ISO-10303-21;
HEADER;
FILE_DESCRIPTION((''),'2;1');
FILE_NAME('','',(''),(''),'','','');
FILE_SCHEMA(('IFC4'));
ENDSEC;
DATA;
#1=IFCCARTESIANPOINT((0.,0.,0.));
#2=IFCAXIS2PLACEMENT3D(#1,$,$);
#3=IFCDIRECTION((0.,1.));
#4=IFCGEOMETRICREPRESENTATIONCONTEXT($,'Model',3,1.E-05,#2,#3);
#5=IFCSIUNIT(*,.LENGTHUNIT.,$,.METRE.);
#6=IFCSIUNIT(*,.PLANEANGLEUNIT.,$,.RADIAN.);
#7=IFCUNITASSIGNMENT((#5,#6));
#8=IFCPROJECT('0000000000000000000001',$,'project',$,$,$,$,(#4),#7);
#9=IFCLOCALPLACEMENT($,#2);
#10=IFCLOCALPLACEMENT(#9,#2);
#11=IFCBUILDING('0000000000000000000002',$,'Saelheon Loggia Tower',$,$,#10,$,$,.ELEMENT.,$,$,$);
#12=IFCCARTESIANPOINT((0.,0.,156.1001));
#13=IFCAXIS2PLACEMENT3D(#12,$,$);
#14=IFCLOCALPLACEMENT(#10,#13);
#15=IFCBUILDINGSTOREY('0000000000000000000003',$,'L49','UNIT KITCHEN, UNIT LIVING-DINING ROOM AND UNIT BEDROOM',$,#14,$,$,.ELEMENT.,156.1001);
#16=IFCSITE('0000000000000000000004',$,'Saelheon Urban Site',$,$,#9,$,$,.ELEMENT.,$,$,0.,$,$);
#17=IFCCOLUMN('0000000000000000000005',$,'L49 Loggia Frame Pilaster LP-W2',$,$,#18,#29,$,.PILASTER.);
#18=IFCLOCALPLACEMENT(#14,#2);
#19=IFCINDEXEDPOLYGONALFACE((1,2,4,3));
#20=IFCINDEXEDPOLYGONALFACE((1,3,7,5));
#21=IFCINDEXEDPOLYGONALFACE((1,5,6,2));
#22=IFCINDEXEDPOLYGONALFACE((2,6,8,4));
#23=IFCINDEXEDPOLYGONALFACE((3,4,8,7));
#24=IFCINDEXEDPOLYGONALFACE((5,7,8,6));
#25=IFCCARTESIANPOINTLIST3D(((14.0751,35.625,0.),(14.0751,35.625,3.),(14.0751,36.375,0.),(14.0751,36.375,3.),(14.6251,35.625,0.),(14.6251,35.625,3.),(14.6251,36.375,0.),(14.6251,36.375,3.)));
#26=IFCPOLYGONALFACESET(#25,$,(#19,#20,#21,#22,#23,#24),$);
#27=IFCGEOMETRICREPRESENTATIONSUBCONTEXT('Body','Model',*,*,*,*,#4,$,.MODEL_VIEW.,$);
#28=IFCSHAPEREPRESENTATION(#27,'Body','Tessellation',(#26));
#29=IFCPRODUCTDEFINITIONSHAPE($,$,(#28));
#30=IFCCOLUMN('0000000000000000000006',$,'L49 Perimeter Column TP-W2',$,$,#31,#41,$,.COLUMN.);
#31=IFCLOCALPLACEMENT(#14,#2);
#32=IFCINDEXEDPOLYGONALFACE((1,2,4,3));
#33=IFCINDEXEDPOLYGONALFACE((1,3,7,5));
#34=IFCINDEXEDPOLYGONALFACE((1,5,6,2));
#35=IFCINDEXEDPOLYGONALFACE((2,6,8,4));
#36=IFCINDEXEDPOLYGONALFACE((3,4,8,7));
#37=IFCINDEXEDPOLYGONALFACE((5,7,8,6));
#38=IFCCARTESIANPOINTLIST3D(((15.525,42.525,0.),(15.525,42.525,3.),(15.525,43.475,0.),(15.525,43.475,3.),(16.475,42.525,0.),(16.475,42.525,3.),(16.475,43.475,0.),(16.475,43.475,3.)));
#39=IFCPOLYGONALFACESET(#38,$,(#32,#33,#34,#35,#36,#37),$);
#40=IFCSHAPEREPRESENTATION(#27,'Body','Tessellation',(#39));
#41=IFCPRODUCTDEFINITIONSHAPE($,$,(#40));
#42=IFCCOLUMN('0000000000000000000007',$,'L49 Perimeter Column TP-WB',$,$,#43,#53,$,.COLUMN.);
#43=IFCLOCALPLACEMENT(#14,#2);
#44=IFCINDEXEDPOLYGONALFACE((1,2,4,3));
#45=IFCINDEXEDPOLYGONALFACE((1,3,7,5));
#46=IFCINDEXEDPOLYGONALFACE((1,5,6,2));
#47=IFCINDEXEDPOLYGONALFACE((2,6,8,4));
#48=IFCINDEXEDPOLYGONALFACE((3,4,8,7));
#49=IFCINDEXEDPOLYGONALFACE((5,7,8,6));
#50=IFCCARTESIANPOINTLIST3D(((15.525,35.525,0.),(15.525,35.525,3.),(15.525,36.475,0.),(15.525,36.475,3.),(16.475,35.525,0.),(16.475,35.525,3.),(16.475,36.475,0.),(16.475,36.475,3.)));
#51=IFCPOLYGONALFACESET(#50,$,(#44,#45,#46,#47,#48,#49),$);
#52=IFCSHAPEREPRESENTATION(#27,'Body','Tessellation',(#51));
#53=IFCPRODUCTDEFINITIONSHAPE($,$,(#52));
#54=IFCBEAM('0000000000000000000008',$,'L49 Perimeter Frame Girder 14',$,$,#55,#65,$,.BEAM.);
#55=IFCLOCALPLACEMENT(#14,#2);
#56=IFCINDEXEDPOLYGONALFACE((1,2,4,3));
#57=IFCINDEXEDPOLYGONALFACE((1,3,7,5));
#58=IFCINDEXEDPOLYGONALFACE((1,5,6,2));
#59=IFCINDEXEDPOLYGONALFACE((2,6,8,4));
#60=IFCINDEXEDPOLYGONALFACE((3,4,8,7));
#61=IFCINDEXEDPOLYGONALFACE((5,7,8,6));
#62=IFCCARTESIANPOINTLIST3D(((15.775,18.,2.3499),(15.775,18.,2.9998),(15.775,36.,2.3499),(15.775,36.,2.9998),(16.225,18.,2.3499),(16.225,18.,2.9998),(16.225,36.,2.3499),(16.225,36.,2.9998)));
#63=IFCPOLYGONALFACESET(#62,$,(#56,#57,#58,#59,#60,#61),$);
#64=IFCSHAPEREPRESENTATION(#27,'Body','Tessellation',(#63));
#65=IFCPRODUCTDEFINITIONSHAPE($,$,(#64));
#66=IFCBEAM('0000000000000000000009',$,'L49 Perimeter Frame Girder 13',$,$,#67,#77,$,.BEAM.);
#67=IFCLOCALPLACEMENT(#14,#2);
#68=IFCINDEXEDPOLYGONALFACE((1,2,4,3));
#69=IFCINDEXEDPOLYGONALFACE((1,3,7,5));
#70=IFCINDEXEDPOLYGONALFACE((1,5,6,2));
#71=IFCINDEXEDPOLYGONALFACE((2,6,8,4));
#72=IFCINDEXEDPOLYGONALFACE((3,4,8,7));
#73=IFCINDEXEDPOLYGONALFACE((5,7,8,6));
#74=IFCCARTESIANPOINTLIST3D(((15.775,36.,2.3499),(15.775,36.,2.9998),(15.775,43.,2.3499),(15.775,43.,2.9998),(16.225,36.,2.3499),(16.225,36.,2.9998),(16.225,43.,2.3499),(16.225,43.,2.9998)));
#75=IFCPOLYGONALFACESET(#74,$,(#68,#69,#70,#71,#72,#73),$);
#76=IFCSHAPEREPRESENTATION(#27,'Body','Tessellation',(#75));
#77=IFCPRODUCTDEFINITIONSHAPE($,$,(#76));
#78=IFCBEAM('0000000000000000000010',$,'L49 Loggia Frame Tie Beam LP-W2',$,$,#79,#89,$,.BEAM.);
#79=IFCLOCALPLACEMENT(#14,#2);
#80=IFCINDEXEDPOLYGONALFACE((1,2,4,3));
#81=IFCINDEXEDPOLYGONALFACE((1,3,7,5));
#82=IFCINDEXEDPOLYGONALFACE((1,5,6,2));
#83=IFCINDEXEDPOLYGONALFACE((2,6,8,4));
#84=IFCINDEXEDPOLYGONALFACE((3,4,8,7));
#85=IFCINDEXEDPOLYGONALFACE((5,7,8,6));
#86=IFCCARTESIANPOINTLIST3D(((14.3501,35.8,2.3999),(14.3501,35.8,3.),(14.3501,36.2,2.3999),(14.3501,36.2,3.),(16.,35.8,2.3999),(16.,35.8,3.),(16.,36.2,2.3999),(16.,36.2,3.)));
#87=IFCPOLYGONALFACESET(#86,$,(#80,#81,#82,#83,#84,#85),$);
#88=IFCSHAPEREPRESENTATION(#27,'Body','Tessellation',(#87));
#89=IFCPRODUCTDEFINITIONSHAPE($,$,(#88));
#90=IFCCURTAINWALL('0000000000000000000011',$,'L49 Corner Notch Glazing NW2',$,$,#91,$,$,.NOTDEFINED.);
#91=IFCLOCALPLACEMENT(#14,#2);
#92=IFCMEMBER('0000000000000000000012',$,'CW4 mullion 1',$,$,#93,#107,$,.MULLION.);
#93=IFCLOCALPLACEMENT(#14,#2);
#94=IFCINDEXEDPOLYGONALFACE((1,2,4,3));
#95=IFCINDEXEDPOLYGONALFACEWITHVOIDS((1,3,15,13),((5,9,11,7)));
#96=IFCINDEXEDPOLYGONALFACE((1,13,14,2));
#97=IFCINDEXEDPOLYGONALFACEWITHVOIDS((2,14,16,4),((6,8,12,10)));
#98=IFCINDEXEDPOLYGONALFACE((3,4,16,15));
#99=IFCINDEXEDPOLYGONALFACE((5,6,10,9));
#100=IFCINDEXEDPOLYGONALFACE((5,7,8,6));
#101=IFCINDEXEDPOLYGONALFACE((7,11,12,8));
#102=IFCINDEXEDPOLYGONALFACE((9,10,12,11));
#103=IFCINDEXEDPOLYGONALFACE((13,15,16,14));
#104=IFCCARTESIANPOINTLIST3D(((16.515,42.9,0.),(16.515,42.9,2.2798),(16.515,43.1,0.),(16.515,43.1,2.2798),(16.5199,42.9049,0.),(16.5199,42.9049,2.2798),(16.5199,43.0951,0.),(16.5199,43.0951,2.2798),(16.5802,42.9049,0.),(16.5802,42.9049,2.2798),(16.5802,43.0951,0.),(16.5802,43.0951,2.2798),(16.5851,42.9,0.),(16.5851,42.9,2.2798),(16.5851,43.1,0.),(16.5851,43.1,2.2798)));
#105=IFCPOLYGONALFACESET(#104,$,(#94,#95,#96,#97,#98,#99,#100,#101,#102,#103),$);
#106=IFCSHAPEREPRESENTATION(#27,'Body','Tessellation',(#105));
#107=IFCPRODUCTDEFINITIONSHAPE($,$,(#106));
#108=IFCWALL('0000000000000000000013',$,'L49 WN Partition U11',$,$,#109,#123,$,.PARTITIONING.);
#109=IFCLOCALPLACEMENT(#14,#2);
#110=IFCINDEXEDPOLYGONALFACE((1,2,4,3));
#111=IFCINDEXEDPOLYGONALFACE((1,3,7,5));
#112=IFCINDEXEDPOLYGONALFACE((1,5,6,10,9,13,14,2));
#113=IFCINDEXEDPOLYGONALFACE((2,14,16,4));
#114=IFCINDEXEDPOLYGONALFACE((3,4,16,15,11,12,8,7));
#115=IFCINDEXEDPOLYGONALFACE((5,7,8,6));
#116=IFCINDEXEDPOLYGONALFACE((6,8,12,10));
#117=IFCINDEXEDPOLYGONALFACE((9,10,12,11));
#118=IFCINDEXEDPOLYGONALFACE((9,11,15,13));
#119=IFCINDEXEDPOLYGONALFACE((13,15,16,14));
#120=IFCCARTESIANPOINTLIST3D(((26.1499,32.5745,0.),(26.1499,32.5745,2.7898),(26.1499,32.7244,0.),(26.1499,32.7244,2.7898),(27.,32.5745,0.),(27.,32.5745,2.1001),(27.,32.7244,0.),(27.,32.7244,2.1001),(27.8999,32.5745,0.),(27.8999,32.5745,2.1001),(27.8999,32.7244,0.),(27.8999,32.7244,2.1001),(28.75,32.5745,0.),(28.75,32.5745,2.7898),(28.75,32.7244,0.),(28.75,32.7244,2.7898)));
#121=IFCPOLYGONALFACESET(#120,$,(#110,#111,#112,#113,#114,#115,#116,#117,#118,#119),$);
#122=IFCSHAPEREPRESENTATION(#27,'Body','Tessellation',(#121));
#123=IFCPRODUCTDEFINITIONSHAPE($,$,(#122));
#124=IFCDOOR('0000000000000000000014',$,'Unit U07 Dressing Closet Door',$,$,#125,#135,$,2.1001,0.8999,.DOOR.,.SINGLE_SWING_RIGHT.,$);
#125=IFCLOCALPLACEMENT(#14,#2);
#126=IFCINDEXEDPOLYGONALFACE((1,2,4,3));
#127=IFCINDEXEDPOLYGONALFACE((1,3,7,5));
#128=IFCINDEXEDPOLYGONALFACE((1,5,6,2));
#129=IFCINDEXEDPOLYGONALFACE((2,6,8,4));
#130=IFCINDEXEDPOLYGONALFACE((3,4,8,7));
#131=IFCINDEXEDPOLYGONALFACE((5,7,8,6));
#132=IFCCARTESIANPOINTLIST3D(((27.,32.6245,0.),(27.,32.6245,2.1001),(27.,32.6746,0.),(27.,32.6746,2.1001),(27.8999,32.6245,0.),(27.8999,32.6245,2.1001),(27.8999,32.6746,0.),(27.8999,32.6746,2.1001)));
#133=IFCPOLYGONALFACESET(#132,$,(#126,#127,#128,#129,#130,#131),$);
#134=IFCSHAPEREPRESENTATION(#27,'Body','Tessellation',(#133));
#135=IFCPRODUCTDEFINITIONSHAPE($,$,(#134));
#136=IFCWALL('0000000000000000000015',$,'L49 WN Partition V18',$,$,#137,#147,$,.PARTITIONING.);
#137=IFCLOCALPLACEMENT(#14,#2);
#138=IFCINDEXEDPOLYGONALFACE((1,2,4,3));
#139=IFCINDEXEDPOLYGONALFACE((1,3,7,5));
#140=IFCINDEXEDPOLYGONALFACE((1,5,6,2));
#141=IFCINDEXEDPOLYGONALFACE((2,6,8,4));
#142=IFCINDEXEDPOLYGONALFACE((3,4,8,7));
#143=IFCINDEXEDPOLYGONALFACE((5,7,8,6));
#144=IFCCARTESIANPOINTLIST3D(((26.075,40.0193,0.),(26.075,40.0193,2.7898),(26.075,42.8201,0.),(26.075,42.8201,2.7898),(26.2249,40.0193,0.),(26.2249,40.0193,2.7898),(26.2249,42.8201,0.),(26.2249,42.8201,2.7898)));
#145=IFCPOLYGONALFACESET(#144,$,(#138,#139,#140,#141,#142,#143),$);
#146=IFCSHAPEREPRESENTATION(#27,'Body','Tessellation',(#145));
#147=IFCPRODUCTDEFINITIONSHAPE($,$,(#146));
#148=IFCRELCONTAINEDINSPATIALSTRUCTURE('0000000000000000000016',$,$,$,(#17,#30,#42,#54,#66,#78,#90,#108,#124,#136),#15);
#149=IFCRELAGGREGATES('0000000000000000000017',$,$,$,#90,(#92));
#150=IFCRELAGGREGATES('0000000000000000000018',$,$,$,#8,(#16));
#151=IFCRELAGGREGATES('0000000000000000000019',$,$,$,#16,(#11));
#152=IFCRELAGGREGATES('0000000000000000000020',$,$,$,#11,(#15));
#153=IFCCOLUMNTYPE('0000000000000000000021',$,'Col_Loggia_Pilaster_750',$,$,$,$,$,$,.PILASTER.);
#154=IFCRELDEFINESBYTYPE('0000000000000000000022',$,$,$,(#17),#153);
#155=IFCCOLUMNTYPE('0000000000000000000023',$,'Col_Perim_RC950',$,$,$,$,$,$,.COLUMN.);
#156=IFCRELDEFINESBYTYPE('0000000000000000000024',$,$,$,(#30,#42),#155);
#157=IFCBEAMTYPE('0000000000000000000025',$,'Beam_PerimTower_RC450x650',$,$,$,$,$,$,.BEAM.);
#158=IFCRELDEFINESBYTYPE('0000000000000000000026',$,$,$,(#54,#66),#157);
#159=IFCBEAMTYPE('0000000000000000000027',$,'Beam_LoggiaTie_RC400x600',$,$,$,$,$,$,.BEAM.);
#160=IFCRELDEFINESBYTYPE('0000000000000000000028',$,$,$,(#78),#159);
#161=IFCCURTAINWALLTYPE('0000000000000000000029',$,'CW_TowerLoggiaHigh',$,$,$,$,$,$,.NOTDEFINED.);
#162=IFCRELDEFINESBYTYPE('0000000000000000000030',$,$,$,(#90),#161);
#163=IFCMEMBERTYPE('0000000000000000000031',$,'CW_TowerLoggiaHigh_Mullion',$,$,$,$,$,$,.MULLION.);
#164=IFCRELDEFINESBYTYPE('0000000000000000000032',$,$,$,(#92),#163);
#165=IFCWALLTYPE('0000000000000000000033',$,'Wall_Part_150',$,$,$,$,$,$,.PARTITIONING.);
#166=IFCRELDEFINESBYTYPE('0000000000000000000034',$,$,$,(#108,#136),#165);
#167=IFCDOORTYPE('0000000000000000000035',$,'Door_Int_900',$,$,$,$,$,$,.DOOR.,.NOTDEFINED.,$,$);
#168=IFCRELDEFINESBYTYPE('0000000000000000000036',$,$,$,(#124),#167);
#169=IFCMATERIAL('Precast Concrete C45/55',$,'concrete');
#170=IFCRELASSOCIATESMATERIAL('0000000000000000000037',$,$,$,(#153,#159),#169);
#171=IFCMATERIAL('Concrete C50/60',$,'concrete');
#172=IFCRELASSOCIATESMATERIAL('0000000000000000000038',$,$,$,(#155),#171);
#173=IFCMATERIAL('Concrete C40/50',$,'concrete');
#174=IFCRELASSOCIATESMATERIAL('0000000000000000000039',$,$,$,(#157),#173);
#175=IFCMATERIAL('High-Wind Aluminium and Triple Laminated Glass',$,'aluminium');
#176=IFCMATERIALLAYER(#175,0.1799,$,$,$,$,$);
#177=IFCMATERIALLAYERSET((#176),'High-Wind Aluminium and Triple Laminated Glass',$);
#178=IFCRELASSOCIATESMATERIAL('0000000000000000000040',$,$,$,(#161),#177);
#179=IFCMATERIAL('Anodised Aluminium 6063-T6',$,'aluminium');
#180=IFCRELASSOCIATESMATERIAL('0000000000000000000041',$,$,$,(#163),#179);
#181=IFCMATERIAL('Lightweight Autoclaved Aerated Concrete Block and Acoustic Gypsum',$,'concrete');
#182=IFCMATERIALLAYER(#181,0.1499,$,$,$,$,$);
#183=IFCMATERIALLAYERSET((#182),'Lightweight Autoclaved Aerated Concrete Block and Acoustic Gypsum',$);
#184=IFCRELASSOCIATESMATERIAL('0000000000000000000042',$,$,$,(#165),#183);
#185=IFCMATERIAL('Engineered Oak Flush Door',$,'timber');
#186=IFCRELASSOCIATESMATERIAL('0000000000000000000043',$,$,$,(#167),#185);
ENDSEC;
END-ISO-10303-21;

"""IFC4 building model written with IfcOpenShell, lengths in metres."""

from ifc_helpers import new_model, si_unit, direction, frame, frame_2d, origin, origin_2d, place, context, subcontext, project, spatial, rectangle, hollow_rectangle, extrude, source, transform, mapped, material, layer, layer_set, material_profile, profile_set, type_object, element, fill, aggregate, save


model = new_model("IFC4")

# Units and contexts
model_context = context("Model", 3, precision=1e-05, world=origin(), true_north=direction((0.0, 1.0)))
body_context = subcontext(model_context, "Body", "Model", "MODEL_VIEW")
ifc_project = project(units=[si_unit("LENGTHUNIT", "METRE"), si_unit("PLANEANGLEUNIT", "RADIAN")], contexts=[model_context])

# Site, building, storey
site_placement = place(None, origin())
site = spatial("IfcSite", under=ifc_project, at=site_placement, Name="Saelheon Urban Site", CompositionType="ELEMENT", RefElevation=0.0)
building_placement = place(site_placement, origin())
building = spatial("IfcBuilding", under=site, at=building_placement, Name="Saelheon Loggia Tower", CompositionType="ELEMENT")
storey_placement = place(building_placement, frame((0.0, 0.0, 156.1001)))
storey = spatial("IfcBuildingStorey", under=building, at=storey_placement, Name="L49", Description="UNIT KITCHEN, UNIT LIVING-DINING ROOM AND UNIT BEDROOM", CompositionType="ELEMENT", Elevation=156.1001)

# Columns
ifc_material_1 = material(Name="Precast Concrete C45/55", Category="concrete")
ifc_material_profile_1 = material_profile(ifc_material_1, rectangle(XDim=0.55, YDim=0.75, at=origin_2d()), Name="RC-550x750")
ifc_profile_set_1 = profile_set([ifc_material_profile_1], Name="Precast Concrete C45/55")
column_type_1 = type_object("IfcColumnType", Name="Col_Loggia_Pilaster_750", PredefinedType="PILASTER", material=ifc_profile_set_1)
shared_shape_1 = source(origin(), body_context, "Body", "SweptSolid", [
    extrude(rectangle(XDim=0.55, YDim=0.75, at=origin_2d()), origin(), (0.0, 0.0, 1.0), 3.0),
])
column_placement = place(storey_placement, frame((14.3501, 36.0, 0.0), z_axis=(0.0, 0.0, 1.0), x_axis=(1.0, 0.0, 0.0)))
element("IfcColumn", 1, at=column_placement, inside=storey, type_object=column_type_1, Name="L49 Loggia Frame Pilaster LP-W2", PredefinedType="PILASTER", context=body_context, shape_type="MappedRepresentation", body=[
    mapped(shared_shape_1, transform((0.0, 0.0, 0.0), scale=1.0)),
])
ifc_material_2 = material(Name="Concrete C50/60", Category="concrete")
ifc_material_profile_2 = material_profile(ifc_material_2, rectangle(XDim=0.95, YDim=0.95, at=origin_2d()), Name="RC-950x950")
ifc_profile_set_2 = profile_set([ifc_material_profile_2], Name="Concrete C50/60")
column_type_2 = type_object("IfcColumnType", Name="Col_Perim_RC950", PredefinedType="COLUMN", material=ifc_profile_set_2)
shared_shape_2 = source(origin(), body_context, "Body", "SweptSolid", [
    extrude(rectangle(XDim=0.95, YDim=0.95, at=origin_2d()), origin(), (0.0, 0.0, 1.0), 3.0),
])
for number, where, z_axis, x_axis, name in (
    (2, (16.0, 43.0, 0.0), (0.0, 0.0, 1.0), (1.0, 0.0, 0.0), "L49 Perimeter Column TP-W2"),
    (3, (16.0, 36.0, 0.0), (0.0, 0.0, 1.0), (1.0, 0.0, 0.0), "L49 Perimeter Column TP-WB"),
):
    element("IfcColumn", number, at=place(storey_placement, frame(where, z_axis=z_axis, x_axis=x_axis)), inside=storey, type_object=column_type_2, Name=name, PredefinedType="COLUMN", context=body_context, shape_type="MappedRepresentation", body=[
        mapped(shared_shape_2, transform((0.0, 0.0, 0.0), scale=1.0)),
    ])

# Beams
ifc_material_3 = material(Name="Concrete C40/50", Category="concrete")
ifc_material_profile_3 = material_profile(ifc_material_3, rectangle(XDim=0.45, YDim=0.6499, at=origin_2d()), Name="RC-450x650")
ifc_profile_set_3 = profile_set([ifc_material_profile_3], Name="Concrete C40/50")
beam_type_1 = type_object("IfcBeamType", Name="Beam_PerimTower_RC450x650", PredefinedType="BEAM", material=ifc_profile_set_3)
shared_shape_3 = source(origin(), body_context, "Body", "SweptSolid", [
    extrude(rectangle(XDim=0.45, YDim=0.6499, at=origin_2d()), origin(), (0.0, 0.0, 1.0), 18.0),
])
beam_1_placement = place(storey_placement, frame((16.0, 36.0, 2.6748), z_axis=(0.0, -1.0, 0.0), x_axis=(1.0, 0.0, 0.0)))
element("IfcBeam", 4, at=beam_1_placement, inside=storey, type_object=beam_type_1, Name="L49 Perimeter Frame Girder 14", PredefinedType="BEAM", context=body_context, shape_type="MappedRepresentation", body=[
    mapped(shared_shape_3, transform((0.0, 0.0, 0.0), scale=1.0)),
])
shared_shape_4 = source(origin(), body_context, "Body", "SweptSolid", [
    extrude(rectangle(XDim=0.45, YDim=0.6499, at=origin_2d()), origin(), (0.0, 0.0, 1.0), 7.0),
])
beam_2_placement = place(storey_placement, frame((16.0, 43.0, 2.6748), z_axis=(0.0, -1.0, 0.0), x_axis=(1.0, 0.0, 0.0)))
element("IfcBeam", 5, at=beam_2_placement, inside=storey, type_object=beam_type_1, Name="L49 Perimeter Frame Girder 13", PredefinedType="BEAM", context=body_context, shape_type="MappedRepresentation", body=[
    mapped(shared_shape_4, transform((0.0, 0.0, 0.0), scale=1.0)),
])
ifc_material_profile_4 = material_profile(ifc_material_1, rectangle(XDim=0.3999, YDim=0.6001, at=origin_2d()), Name="RC-400x600")
ifc_profile_set_4 = profile_set([ifc_material_profile_4], Name="Precast Concrete C45/55")
beam_type_2 = type_object("IfcBeamType", Name="Beam_LoggiaTie_RC400x600", PredefinedType="BEAM", material=ifc_profile_set_4)
shared_shape_5 = source(origin(), body_context, "Body", "SweptSolid", [
    extrude(rectangle(XDim=0.3999, YDim=0.6001, at=origin_2d()), origin(), (0.0, 0.0, 1.0), 1.6499),
])
beam_3_placement = place(storey_placement, frame((16.0, 36.0, 2.7), z_axis=(-1.0, 0.0, 0.0), x_axis=(0.0, -1.0, 0.0)))
element("IfcBeam", 6, at=beam_3_placement, inside=storey, type_object=beam_type_2, Name="L49 Loggia Frame Tie Beam LP-W2", PredefinedType="BEAM", context=body_context, shape_type="MappedRepresentation", body=[
    mapped(shared_shape_5, transform((0.0, 0.0, 0.0), scale=1.0)),
])

# Curtain wall, member
ifc_material_4 = material(Name="High-Wind Aluminium and Triple Laminated Glass", Category="aluminium")
ifc_layer_1 = layer(ifc_material_4, 0.1799)
ifc_layer_set_1 = layer_set([ifc_layer_1], Name="High-Wind Aluminium and Triple Laminated Glass")
curtain_wall_type = type_object("IfcCurtainWallType", Name="CW_TowerLoggiaHigh", PredefinedType="NOTDEFINED", material=ifc_layer_set_1)
curtain_wall_placement = place(storey_placement, origin())
curtain_wall = element("IfcCurtainWall", 7, at=curtain_wall_placement, inside=storey, type_object=curtain_wall_type, Name="L49 Corner Notch Glazing NW2", PredefinedType="NOTDEFINED")
ifc_material_5 = material(Name="Anodised Aluminium 6063-T6", Category="aluminium")
ifc_material_profile_5 = material_profile(ifc_material_5, hollow_rectangle(XDim=0.0701, YDim=0.2, WallThickness=0.0049, at=origin_2d()), Name="RHS-200x70x5")
ifc_profile_set_5 = profile_set([ifc_material_profile_5], Name="Anodised Aluminium 6063-T6")
member_type = type_object("IfcMemberType", Name="CW_TowerLoggiaHigh_Mullion", PredefinedType="MULLION", material=ifc_profile_set_5)
shared_shape_6 = source(origin(), body_context, "Body", "SweptSolid", [
    extrude(hollow_rectangle(XDim=0.0701, YDim=0.2, WallThickness=0.0049, at=origin_2d()), origin(), (0.0, 0.0, 1.0), 2.2798),
])
member_placement = place(storey_placement, frame((16.55, 43.0, 0.0), z_axis=(0.0, 0.0, 1.0), x_axis=(1.0, 0.0, 0.0)))
member = element("IfcMember", 8, at=member_placement, type_object=member_type, Name="CW4 mullion 1", PredefinedType="MULLION", context=body_context, shape_type="MappedRepresentation", body=[
    mapped(shared_shape_6, transform((0.0, 0.0, 0.0), scale=1.0)),
])
aggregate(curtain_wall, [member])

# Wall, opening, door
ifc_material_6 = material(Name="Lightweight Autoclaved Aerated Concrete Block and Acoustic Gypsum", Category="concrete")
ifc_layer_2 = layer(ifc_material_6, 0.1499)
ifc_layer_set_2 = layer_set([ifc_layer_2], Name="Lightweight Autoclaved Aerated Concrete Block and Acoustic Gypsum")
wall_type_1 = type_object("IfcWallType", Name="Wall_Part_150", PredefinedType="PARTITIONING", material=ifc_layer_set_2)
wall_1_placement = place(storey_placement, frame((28.75, 32.6494, 0.0), z_axis=(0.0, 0.0, 1.0), x_axis=(-1.0, 0.0, 0.0)))
wall_1 = element("IfcWall", 9, at=wall_1_placement, inside=storey, type_object=wall_type_1, Name="L49 WN Partition U11", PredefinedType="PARTITIONING", context=body_context, shape_type="SweptSolid", body=[
    extrude(rectangle(XDim=2.6001, YDim=0.1499, at=frame_2d((1.3, 0.0))), origin(), (0.0, 0.0, 1.0), 2.7898),
])
opening_1_placement = place(wall_1_placement, frame((0.8501, 0.0, 0.0)))
opening_1 = element("IfcOpeningElement", 10, at=opening_1_placement, cuts=wall_1, PredefinedType="OPENING", context=body_context, shape_type="SweptSolid", body=[
    extrude(rectangle(XDim=0.8999, YDim=2.1001, at=frame_2d((0.45, 1.05))), frame((0.0, 0.0869, 0.0), z_axis=(0.0, -1.0, 0.0), x_axis=(1.0, 0.0, 0.0)), (0.0, 0.0, 1.0), 0.1738),
])
ifc_material_7 = material(Name="Engineered Oak Flush Door", Category="timber")
door_type = type_object("IfcDoorType", Name="Door_Int_900", OperationType="NOTDEFINED", PredefinedType="DOOR", material=ifc_material_7)
shared_shape_7 = source(origin(), body_context, "Body", "SweptSolid", [
    extrude(rectangle(XDim=0.8999, YDim=2.1001, at=frame_2d((0.45, 1.05))), frame((0.0, 0.0249, 0.0), z_axis=(0.0, -1.0, 0.0), x_axis=(1.0, 0.0, 0.0)), (0.0, 0.0, 1.0), 0.05),
])
door_1_placement = place(opening_1_placement, origin())
door_1 = element("IfcDoor", 11, at=door_1_placement, inside=storey, type_object=door_type, Name="Unit U07 Dressing Closet Door", OperationType="SINGLE_SWING_RIGHT", OverallHeight=2.1001, OverallWidth=0.8999, PredefinedType="DOOR", context=body_context, shape_type="MappedRepresentation", body=[
    mapped(shared_shape_7, transform((0.0, 0.0, 0.0), scale=1.0)),
])
fill(opening_1, door_1)

# Wall
wall_2_placement = place(storey_placement, frame((26.1499, 40.0193, 0.0), z_axis=(0.0, 0.0, 1.0), x_axis=(0.0, 1.0, 0.0)))
element("IfcWall", 12, at=wall_2_placement, inside=storey, type_object=wall_type_1, Name="L49 WN Partition V18", PredefinedType="PARTITIONING", context=body_context, shape_type="SweptSolid", body=[
    extrude(rectangle(XDim=2.8008, YDim=0.1499, at=frame_2d((1.4004, 0.0))), origin(), (0.0, 0.0, 1.0), 2.7898),
])

save(model, "model.ifc")
